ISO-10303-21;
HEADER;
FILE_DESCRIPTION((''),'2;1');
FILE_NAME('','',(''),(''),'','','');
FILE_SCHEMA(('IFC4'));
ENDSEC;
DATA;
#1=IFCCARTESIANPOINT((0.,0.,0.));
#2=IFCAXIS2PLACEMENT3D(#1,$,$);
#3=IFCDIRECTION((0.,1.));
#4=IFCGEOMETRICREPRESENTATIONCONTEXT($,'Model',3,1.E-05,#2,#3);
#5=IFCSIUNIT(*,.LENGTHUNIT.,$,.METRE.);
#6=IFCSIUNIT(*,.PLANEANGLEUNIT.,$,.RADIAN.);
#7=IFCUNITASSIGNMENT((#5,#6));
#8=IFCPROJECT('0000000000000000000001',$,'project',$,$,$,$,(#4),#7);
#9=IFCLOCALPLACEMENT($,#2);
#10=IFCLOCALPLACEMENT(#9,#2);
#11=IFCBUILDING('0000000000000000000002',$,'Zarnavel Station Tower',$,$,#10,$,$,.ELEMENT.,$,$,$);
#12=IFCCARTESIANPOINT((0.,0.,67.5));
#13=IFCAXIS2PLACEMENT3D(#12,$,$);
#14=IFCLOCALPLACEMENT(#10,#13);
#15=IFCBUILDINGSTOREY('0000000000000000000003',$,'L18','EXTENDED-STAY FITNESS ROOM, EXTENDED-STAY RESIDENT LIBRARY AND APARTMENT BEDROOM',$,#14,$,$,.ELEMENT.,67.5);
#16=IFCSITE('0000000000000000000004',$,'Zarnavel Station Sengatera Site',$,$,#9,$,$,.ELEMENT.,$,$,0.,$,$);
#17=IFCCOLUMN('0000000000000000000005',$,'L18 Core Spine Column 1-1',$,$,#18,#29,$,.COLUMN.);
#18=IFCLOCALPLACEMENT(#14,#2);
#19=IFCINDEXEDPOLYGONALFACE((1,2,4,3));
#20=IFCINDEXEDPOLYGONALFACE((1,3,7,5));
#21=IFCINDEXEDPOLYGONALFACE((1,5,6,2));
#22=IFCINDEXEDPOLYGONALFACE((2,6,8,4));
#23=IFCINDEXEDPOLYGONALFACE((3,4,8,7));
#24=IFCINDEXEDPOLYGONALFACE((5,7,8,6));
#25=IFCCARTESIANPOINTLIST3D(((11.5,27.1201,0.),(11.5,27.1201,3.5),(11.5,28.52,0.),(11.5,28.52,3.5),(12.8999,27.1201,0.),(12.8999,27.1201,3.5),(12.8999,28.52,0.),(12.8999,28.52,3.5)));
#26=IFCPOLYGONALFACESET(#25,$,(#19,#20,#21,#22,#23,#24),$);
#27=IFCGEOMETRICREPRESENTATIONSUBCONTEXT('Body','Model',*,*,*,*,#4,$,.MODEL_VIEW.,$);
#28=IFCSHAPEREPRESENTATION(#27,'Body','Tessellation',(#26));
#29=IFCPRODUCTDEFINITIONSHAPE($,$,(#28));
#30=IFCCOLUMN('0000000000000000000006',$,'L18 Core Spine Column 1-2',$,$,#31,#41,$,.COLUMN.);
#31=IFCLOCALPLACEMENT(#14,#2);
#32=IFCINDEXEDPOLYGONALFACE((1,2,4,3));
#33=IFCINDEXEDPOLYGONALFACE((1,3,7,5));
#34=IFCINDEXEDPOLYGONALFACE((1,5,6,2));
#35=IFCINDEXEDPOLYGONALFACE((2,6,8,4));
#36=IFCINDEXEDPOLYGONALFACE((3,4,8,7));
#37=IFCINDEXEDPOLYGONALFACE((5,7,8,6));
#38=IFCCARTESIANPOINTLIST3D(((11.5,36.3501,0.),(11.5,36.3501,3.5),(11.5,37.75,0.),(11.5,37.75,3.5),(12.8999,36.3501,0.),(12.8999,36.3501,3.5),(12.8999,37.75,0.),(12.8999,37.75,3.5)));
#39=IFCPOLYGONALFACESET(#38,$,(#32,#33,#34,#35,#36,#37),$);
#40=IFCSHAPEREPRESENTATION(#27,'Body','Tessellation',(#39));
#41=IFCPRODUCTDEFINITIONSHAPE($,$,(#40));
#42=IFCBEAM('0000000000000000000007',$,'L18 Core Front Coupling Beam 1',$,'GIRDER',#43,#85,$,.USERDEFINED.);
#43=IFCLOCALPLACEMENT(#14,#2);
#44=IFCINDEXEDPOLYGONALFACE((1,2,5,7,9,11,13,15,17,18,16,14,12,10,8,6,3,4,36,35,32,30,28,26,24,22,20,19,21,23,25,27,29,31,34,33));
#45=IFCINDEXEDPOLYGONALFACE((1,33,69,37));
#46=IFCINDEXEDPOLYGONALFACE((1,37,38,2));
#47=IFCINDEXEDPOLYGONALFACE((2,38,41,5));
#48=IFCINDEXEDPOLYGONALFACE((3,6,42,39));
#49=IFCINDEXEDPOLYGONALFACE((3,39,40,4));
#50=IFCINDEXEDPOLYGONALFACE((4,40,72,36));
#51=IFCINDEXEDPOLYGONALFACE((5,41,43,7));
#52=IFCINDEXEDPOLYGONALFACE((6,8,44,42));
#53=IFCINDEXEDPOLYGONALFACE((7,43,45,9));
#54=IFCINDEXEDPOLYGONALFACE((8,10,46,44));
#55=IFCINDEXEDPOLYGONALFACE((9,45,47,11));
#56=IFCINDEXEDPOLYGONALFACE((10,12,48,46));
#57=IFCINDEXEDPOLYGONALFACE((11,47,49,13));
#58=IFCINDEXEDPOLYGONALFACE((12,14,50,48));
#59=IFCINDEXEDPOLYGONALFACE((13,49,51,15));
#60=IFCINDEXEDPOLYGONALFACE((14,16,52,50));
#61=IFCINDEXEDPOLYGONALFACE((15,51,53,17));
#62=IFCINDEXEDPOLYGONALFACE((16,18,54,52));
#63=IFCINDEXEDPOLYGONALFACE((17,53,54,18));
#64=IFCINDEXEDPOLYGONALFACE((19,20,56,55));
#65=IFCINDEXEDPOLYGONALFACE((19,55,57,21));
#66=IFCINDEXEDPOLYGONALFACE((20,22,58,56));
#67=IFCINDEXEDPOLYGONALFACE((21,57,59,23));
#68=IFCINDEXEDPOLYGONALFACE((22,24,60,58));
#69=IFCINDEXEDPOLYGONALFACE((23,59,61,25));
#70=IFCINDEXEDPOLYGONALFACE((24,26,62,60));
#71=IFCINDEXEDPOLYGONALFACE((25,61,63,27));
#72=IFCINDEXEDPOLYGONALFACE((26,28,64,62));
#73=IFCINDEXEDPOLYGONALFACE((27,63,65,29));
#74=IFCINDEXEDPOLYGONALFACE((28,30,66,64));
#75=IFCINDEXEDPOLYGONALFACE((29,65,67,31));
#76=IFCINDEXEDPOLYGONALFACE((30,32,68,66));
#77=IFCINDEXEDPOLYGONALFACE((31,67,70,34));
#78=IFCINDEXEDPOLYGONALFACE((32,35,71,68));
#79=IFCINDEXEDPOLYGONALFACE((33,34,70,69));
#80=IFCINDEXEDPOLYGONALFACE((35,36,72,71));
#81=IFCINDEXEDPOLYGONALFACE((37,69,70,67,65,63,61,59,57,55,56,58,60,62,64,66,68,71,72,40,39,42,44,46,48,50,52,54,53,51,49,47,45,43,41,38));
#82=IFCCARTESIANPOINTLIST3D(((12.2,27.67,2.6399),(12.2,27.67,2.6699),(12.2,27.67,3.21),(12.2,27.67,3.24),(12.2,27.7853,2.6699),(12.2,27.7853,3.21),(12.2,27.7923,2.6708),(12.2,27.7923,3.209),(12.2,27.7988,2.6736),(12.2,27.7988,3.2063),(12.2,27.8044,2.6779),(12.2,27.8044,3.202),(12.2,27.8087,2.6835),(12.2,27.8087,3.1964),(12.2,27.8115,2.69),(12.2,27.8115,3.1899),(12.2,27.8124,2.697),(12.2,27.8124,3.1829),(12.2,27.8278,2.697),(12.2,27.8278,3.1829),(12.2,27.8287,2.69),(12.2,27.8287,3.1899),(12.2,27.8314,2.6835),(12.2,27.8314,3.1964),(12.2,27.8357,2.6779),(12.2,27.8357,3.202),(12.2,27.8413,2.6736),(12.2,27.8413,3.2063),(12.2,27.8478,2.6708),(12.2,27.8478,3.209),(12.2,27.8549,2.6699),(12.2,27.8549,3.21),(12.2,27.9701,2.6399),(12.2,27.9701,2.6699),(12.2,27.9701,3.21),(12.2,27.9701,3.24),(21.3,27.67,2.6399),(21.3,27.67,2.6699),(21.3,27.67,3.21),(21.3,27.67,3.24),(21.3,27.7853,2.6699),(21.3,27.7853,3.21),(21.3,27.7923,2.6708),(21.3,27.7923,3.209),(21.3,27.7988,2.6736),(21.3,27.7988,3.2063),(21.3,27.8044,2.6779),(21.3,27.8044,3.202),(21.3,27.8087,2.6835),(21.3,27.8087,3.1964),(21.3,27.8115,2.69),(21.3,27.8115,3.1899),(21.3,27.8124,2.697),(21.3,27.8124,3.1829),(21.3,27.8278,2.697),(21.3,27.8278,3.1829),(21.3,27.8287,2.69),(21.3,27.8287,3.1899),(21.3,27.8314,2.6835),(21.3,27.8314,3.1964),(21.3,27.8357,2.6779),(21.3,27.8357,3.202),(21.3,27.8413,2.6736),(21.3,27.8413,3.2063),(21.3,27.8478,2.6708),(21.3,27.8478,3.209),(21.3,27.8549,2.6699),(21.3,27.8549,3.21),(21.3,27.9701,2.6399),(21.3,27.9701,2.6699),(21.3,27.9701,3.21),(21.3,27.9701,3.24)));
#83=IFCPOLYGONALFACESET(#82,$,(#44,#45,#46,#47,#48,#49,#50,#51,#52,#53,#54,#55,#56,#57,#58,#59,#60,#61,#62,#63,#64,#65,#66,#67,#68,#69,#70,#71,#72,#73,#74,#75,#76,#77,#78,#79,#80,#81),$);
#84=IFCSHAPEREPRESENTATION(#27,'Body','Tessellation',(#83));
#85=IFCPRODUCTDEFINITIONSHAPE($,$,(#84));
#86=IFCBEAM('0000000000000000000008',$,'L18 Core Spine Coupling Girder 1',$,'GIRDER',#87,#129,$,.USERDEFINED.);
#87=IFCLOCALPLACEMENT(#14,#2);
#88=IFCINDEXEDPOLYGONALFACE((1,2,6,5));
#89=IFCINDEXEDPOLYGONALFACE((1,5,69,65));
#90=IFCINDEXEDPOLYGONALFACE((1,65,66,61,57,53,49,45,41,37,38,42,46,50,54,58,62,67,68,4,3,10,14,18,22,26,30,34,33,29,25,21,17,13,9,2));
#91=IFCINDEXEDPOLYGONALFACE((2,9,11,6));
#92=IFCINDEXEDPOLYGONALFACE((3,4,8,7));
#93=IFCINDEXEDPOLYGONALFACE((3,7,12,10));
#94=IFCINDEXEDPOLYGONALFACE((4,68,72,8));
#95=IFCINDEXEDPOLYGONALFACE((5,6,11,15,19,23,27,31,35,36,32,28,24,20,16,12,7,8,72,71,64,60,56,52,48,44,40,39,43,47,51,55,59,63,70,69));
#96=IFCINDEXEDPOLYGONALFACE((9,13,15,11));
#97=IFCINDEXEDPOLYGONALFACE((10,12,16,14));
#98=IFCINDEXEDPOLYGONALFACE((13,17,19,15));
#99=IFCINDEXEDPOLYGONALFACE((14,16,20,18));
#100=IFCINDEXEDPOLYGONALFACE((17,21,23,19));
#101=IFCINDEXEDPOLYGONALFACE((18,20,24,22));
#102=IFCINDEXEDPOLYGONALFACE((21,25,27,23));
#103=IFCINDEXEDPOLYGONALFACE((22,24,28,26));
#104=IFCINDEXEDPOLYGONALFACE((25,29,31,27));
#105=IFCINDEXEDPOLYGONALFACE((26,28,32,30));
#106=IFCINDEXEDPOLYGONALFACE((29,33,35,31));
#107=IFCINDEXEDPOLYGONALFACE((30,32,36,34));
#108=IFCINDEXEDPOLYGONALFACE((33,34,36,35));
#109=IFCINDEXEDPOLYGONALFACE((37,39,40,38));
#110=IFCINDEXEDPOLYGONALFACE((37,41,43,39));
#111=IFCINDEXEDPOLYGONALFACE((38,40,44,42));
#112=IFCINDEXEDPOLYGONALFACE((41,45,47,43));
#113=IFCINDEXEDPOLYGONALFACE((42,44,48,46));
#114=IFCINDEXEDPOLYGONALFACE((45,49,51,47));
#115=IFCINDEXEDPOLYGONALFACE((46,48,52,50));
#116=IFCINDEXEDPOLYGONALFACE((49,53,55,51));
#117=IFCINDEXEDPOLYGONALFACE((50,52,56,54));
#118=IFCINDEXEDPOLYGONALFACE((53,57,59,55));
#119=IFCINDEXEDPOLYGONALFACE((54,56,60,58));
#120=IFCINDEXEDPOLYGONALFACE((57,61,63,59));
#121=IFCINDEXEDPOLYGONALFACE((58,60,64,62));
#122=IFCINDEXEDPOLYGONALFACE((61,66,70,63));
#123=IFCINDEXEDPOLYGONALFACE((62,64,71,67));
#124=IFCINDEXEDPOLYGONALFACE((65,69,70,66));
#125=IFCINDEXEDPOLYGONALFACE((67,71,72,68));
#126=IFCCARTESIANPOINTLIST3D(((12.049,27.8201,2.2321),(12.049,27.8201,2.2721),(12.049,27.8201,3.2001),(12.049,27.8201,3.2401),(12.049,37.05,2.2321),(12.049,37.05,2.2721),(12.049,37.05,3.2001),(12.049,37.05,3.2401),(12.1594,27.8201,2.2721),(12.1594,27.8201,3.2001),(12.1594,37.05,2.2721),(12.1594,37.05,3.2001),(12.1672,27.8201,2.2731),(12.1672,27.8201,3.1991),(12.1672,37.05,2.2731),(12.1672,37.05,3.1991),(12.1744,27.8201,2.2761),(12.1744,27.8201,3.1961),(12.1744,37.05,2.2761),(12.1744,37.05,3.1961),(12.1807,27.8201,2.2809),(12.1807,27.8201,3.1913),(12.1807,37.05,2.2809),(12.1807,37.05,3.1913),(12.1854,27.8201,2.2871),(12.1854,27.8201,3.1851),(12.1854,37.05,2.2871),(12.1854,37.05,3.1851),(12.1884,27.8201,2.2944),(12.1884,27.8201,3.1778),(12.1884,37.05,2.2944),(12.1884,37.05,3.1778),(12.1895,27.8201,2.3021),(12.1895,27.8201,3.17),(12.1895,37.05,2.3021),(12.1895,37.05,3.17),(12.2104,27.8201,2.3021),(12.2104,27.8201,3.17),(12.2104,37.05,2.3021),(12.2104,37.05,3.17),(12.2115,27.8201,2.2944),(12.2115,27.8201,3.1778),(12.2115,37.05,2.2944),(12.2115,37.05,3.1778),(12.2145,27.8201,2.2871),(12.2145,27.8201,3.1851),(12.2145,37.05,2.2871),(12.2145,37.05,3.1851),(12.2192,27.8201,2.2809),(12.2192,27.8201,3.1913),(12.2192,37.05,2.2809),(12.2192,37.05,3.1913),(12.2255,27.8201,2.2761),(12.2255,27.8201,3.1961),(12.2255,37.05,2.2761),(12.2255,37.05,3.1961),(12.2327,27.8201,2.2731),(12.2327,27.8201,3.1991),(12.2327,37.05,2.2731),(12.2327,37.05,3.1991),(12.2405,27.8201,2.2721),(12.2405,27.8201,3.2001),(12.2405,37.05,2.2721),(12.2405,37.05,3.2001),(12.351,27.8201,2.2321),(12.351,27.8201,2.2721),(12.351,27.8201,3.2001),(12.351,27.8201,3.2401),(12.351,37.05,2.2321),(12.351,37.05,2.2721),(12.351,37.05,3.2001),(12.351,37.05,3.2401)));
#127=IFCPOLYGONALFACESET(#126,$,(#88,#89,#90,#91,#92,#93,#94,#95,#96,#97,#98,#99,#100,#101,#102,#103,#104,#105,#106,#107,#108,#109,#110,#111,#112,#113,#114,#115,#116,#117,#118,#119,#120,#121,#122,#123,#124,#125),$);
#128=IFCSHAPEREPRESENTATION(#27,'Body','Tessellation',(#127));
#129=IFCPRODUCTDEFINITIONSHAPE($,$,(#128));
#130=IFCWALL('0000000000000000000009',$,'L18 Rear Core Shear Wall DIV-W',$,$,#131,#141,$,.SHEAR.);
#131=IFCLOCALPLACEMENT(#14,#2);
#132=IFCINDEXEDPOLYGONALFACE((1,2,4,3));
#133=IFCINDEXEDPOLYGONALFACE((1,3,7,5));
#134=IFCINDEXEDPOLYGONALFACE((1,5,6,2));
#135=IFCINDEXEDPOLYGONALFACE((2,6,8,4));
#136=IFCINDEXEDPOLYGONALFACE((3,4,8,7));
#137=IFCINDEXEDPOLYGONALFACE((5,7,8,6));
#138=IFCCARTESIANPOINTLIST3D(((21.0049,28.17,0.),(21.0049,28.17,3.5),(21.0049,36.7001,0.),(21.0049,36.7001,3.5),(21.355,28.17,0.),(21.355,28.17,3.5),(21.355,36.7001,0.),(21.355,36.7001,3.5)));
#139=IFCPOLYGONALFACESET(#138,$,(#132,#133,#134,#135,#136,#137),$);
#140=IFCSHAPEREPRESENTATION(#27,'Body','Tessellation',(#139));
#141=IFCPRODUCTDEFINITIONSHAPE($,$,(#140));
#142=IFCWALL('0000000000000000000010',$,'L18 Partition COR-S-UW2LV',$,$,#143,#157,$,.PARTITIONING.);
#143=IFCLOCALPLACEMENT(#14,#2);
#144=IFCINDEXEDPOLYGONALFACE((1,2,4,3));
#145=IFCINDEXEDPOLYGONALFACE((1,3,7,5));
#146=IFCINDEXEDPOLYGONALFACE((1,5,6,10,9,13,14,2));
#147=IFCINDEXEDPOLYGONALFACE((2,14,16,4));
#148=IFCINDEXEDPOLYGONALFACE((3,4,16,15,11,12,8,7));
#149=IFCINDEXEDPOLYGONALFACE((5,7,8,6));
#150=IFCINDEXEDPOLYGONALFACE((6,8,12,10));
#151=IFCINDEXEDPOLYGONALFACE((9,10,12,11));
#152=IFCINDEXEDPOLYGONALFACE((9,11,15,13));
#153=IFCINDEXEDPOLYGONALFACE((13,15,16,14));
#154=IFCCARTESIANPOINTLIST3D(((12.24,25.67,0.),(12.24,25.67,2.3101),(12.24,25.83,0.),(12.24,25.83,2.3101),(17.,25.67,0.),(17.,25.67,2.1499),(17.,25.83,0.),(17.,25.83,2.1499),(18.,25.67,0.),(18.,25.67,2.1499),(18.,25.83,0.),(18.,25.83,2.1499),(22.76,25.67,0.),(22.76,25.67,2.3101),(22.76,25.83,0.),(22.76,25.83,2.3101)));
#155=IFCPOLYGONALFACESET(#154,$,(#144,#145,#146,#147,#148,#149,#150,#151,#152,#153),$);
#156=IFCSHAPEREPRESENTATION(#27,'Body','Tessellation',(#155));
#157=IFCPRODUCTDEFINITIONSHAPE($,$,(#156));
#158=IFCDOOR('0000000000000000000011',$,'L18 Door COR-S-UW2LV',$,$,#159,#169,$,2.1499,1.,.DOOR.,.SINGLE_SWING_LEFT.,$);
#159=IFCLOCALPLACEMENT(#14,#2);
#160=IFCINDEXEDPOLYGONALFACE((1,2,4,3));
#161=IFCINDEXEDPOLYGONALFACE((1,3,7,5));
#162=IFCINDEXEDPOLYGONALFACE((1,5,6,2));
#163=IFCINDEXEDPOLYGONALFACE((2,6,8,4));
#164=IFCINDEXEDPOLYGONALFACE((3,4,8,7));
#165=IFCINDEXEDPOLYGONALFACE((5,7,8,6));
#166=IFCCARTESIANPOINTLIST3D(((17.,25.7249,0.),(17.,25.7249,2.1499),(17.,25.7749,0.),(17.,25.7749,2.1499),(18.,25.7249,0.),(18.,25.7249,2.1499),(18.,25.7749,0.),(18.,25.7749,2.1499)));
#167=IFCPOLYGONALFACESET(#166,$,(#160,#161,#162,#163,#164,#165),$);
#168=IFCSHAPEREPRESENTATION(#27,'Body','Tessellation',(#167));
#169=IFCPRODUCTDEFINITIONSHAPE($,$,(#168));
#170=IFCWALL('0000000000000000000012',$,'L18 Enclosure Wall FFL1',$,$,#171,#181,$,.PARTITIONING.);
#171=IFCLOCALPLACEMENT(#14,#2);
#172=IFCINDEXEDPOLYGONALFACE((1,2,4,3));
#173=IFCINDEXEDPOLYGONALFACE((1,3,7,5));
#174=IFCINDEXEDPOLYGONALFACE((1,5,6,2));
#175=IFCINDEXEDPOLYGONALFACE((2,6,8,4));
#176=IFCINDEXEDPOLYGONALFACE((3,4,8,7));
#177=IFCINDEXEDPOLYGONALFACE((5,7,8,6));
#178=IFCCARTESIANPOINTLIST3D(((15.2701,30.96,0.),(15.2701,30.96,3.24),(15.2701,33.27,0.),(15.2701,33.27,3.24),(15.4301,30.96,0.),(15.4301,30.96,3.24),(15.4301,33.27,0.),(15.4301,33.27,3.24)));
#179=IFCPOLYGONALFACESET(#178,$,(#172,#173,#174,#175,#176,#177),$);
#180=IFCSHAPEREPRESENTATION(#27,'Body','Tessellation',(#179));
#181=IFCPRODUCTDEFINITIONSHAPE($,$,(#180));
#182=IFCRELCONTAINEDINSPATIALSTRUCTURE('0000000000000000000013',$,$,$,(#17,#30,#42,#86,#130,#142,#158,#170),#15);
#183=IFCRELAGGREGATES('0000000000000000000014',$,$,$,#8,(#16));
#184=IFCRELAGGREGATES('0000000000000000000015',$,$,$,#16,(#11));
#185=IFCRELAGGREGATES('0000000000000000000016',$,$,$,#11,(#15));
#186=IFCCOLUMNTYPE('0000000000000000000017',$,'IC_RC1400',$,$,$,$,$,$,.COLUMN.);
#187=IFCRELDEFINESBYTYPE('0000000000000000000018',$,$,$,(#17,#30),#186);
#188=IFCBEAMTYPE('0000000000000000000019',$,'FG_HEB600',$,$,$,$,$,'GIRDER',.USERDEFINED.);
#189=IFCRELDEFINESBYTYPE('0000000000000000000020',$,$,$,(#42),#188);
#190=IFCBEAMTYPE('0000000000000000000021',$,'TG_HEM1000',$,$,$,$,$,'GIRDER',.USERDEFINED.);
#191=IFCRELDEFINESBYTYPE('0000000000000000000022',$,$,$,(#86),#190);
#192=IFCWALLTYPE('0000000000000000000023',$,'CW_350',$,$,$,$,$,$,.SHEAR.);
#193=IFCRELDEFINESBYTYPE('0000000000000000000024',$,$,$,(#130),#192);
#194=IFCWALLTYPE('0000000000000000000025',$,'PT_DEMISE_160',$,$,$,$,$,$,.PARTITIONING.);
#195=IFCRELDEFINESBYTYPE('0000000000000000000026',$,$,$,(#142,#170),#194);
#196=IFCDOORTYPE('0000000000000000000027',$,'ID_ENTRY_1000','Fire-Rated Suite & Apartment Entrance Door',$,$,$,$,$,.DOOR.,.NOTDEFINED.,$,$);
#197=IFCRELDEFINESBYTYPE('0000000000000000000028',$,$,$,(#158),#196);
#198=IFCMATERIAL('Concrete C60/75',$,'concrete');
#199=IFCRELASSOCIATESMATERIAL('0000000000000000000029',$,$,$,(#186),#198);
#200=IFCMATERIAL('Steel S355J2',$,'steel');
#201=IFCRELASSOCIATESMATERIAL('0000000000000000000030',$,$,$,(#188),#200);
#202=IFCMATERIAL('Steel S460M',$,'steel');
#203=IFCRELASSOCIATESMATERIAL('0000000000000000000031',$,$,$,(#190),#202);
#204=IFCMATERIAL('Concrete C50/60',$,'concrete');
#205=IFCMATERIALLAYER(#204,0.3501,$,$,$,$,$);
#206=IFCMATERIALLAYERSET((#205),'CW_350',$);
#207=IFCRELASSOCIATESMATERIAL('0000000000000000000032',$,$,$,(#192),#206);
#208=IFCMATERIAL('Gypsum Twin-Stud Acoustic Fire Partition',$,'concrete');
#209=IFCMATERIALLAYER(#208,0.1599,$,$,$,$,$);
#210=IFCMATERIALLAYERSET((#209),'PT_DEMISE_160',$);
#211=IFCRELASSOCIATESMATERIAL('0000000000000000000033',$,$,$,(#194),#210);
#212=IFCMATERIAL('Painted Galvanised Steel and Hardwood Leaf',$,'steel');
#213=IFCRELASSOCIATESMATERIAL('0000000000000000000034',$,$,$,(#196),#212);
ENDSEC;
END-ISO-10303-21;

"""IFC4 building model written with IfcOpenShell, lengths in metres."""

from ifc_helpers import new_model, si_unit, direction, frame, frame_2d, origin, origin_2d, place, context, subcontext, project, spatial, rectangle, i_section, extrude, material, layer, layer_set, material_profile, profile_set, type_object, element, fill, save


model = new_model("IFC4")

# Units and contexts
model_context = context("Model", 3, precision=1e-05, world=origin(), true_north=direction((0.0, 1.0)))
body_context = subcontext(model_context, "Body", "Model", "MODEL_VIEW")
ifc_project = project(units=[si_unit("LENGTHUNIT", "METRE"), si_unit("PLANEANGLEUNIT", "RADIAN")], contexts=[model_context])

# Site, building, storey
site_placement = place(None, origin())
site = spatial("IfcSite", under=ifc_project, at=site_placement, Name="Zarnavel Station Sengatera Site", CompositionType="ELEMENT", RefElevation=0.0)
building_placement = place(site_placement, origin())
building = spatial("IfcBuilding", under=site, at=building_placement, Name="Zarnavel Station Tower", CompositionType="ELEMENT")
storey_placement = place(building_placement, frame((0.0, 0.0, 67.5)))
storey = spatial("IfcBuildingStorey", under=building, at=storey_placement, Name="L18", Description="EXTENDED-STAY FITNESS ROOM, EXTENDED-STAY RESIDENT LIBRARY AND APARTMENT BEDROOM", CompositionType="ELEMENT", Elevation=67.5)

# Columns
ifc_material_1 = material(Name="Concrete C60/75", Category="concrete")
ifc_material_profile_1 = material_profile(ifc_material_1, rectangle(XDim=1.3999, YDim=1.3999, at=origin_2d()), Name="RC1400x1400")
ifc_profile_set_1 = profile_set([ifc_material_profile_1], Name="Concrete C60/75")
column_type = type_object("IfcColumnType", Name="IC_RC1400", PredefinedType="COLUMN", material=ifc_profile_set_1)
for number, where, z_axis, x_axis, name in (
    (1, (12.2, 27.8201, 0.0), (0.0, 0.0, 1.0), (1.0, 0.0, 0.0), "L18 Core Spine Column 1-1"),
    (2, (12.2, 37.05, 0.0), (0.0, 0.0, 1.0), (1.0, 0.0, 0.0), "L18 Core Spine Column 1-2"),
):
    element("IfcColumn", number, at=place(storey_placement, frame(where, z_axis=z_axis, x_axis=x_axis)), inside=storey, type_object=column_type, Name=name, PredefinedType="COLUMN", context=body_context, shape_type="SweptSolid", body=[
        extrude(rectangle(XDim=1.3999, YDim=1.3999, at=origin_2d()), origin(), (0.0, 0.0, 1.0), 3.5),
    ])

# Beams
ifc_material_2 = material(Name="Steel S355J2", Category="steel")
ifc_material_profile_2 = material_profile(ifc_material_2, i_section(OverallWidth=0.3, OverallDepth=0.6001, WebThickness=0.0154, FlangeThickness=0.03, FilletRadius=0.0271, at=origin_2d()), Name="HEB600")
ifc_profile_set_2 = profile_set([ifc_material_profile_2], Name="Steel S355J2")
beam_type_1 = type_object("IfcBeamType", Name="FG_HEB600", ElementType="GIRDER", PredefinedType="USERDEFINED", material=ifc_profile_set_2)
beam_1_placement = place(storey_placement, frame((12.2, 27.8201, 2.9399), z_axis=(1.0, 0.0, 0.0), x_axis=(0.0, 1.0, 0.0)))
element("IfcBeam", 3, at=beam_1_placement, inside=storey, type_object=beam_type_1, Name="L18 Core Front Coupling Beam 1", ObjectType="GIRDER", PredefinedType="USERDEFINED", context=body_context, shape_type="SweptSolid", body=[
    extrude(i_section(OverallWidth=0.3, OverallDepth=0.6001, WebThickness=0.0154, FlangeThickness=0.03, FilletRadius=0.0271, at=origin_2d()), origin(), (0.0, 0.0, 1.0), 9.1001),
])
ifc_material_3 = material(Name="Steel S460M", Category="steel")
ifc_material_profile_3 = material_profile(ifc_material_3, i_section(OverallWidth=0.302, OverallDepth=1.0081, WebThickness=0.021, FlangeThickness=0.04, FilletRadius=0.03, at=origin_2d()), Name="HEM1000")
ifc_profile_set_3 = profile_set([ifc_material_profile_3], Name="Steel S460M")
beam_type_2 = type_object("IfcBeamType", Name="TG_HEM1000", ElementType="GIRDER", PredefinedType="USERDEFINED", material=ifc_profile_set_3)
beam_2_placement = place(storey_placement, frame((12.2, 27.8201, 2.7361), z_axis=(0.0, 1.0, 0.0), x_axis=(-1.0, 0.0, 0.0)))
element("IfcBeam", 4, at=beam_2_placement, inside=storey, type_object=beam_type_2, Name="L18 Core Spine Coupling Girder 1", ObjectType="GIRDER", PredefinedType="USERDEFINED", context=body_context, shape_type="SweptSolid", body=[
    extrude(i_section(OverallWidth=0.302, OverallDepth=1.0081, WebThickness=0.021, FlangeThickness=0.04, FilletRadius=0.03, at=origin_2d()), origin(), (0.0, 0.0, 1.0), 9.23),
])

# Wall
ifc_material_4 = material(Name="Concrete C50/60", Category="concrete")
ifc_layer_1 = layer(ifc_material_4, 0.3501)
ifc_layer_set_1 = layer_set([ifc_layer_1], Name="CW_350")
wall_type_1 = type_object("IfcWallType", Name="CW_350", PredefinedType="SHEAR", material=ifc_layer_set_1)
wall_1_placement = place(storey_placement, frame((21.1799, 28.1699, 0.0), z_axis=(0.0, 0.0, 1.0), x_axis=(0.0, 1.0, 0.0)))
element("IfcWall", 5, at=wall_1_placement, inside=storey, type_object=wall_type_1, Name="L18 Rear Core Shear Wall DIV-W", PredefinedType="SHEAR", context=body_context, shape_type="SweptSolid", body=[
    extrude(rectangle(XDim=8.53, YDim=0.3501, at=frame_2d((4.2651, 0.0))), origin(), (0.0, 0.0, 1.0), 3.5),
])

# Wall, opening, door
ifc_material_5 = material(Name="Gypsum Twin-Stud Acoustic Fire Partition", Category="concrete")
ifc_layer_2 = layer(ifc_material_5, 0.1599)
ifc_layer_set_2 = layer_set([ifc_layer_2], Name="PT_DEMISE_160")
wall_type_2 = type_object("IfcWallType", Name="PT_DEMISE_160", PredefinedType="PARTITIONING", material=ifc_layer_set_2)
wall_2_placement = place(storey_placement, frame((12.24, 25.75, 0.0), z_axis=(0.0, 0.0, 1.0), x_axis=(1.0, 0.0, 0.0)))
wall_2 = element("IfcWall", 6, at=wall_2_placement, inside=storey, type_object=wall_type_2, Name="L18 Partition COR-S-UW2LV", PredefinedType="PARTITIONING", context=body_context, shape_type="SweptSolid", body=[
    extrude(rectangle(XDim=10.52, YDim=0.1599, at=frame_2d((5.26, 0.0))), origin(), (0.0, 0.0, 1.0), 2.3101),
])
opening_1_placement = place(wall_2_placement, frame((4.76, 0.0, 0.0)))
opening_1 = element("IfcOpeningElement", 7, at=opening_1_placement, cuts=wall_2, PredefinedType="OPENING", context=body_context, shape_type="SweptSolid", body=[
    extrude(rectangle(XDim=1.0, YDim=2.1499, at=frame_2d((0.5, 1.075))), frame((0.0, 0.0898, 0.0), z_axis=(0.0, -1.0, 0.0), x_axis=(1.0, 0.0, 0.0)), (0.0, 0.0, 1.0), 0.1799),
])
ifc_material_6 = material(Name="Painted Galvanised Steel and Hardwood Leaf", Category="steel")
door_type_1 = type_object("IfcDoorType", Name="ID_ENTRY_1000", Description="Fire-Rated Suite & Apartment Entrance Door", OperationType="NOTDEFINED", PredefinedType="DOOR", material=ifc_material_6)
door_1_placement = place(opening_1_placement, origin())
door_1 = element("IfcDoor", 8, at=door_1_placement, inside=storey, type_object=door_type_1, Name="L18 Door COR-S-UW2LV", OperationType="SINGLE_SWING_LEFT", OverallHeight=2.1499, OverallWidth=1.0, PredefinedType="DOOR", context=body_context, shape_type="SweptSolid", body=[
    extrude(rectangle(XDim=1.0, YDim=2.1499, at=frame_2d((0.5, 1.075))), frame((0.0, 0.0249, 0.0), z_axis=(0.0, -1.0, 0.0), x_axis=(1.0, 0.0, 0.0)), (0.0, 0.0, 1.0), 0.05),
])
fill(opening_1, door_1)

# Wall
wall_3_placement = place(storey_placement, frame((15.3501, 30.96, 0.0), z_axis=(0.0, 0.0, 1.0), x_axis=(0.0, 1.0, 0.0)))
element("IfcWall", 9, at=wall_3_placement, inside=storey, type_object=wall_type_2, Name="L18 Enclosure Wall FFL1", PredefinedType="PARTITIONING", context=body_context, shape_type="SweptSolid", body=[
    extrude(rectangle(XDim=2.3101, YDim=0.1599, at=frame_2d((1.155, 0.0))), origin(), (0.0, 0.0, 1.0), 3.24),
])

save(model, "model.ifc")
